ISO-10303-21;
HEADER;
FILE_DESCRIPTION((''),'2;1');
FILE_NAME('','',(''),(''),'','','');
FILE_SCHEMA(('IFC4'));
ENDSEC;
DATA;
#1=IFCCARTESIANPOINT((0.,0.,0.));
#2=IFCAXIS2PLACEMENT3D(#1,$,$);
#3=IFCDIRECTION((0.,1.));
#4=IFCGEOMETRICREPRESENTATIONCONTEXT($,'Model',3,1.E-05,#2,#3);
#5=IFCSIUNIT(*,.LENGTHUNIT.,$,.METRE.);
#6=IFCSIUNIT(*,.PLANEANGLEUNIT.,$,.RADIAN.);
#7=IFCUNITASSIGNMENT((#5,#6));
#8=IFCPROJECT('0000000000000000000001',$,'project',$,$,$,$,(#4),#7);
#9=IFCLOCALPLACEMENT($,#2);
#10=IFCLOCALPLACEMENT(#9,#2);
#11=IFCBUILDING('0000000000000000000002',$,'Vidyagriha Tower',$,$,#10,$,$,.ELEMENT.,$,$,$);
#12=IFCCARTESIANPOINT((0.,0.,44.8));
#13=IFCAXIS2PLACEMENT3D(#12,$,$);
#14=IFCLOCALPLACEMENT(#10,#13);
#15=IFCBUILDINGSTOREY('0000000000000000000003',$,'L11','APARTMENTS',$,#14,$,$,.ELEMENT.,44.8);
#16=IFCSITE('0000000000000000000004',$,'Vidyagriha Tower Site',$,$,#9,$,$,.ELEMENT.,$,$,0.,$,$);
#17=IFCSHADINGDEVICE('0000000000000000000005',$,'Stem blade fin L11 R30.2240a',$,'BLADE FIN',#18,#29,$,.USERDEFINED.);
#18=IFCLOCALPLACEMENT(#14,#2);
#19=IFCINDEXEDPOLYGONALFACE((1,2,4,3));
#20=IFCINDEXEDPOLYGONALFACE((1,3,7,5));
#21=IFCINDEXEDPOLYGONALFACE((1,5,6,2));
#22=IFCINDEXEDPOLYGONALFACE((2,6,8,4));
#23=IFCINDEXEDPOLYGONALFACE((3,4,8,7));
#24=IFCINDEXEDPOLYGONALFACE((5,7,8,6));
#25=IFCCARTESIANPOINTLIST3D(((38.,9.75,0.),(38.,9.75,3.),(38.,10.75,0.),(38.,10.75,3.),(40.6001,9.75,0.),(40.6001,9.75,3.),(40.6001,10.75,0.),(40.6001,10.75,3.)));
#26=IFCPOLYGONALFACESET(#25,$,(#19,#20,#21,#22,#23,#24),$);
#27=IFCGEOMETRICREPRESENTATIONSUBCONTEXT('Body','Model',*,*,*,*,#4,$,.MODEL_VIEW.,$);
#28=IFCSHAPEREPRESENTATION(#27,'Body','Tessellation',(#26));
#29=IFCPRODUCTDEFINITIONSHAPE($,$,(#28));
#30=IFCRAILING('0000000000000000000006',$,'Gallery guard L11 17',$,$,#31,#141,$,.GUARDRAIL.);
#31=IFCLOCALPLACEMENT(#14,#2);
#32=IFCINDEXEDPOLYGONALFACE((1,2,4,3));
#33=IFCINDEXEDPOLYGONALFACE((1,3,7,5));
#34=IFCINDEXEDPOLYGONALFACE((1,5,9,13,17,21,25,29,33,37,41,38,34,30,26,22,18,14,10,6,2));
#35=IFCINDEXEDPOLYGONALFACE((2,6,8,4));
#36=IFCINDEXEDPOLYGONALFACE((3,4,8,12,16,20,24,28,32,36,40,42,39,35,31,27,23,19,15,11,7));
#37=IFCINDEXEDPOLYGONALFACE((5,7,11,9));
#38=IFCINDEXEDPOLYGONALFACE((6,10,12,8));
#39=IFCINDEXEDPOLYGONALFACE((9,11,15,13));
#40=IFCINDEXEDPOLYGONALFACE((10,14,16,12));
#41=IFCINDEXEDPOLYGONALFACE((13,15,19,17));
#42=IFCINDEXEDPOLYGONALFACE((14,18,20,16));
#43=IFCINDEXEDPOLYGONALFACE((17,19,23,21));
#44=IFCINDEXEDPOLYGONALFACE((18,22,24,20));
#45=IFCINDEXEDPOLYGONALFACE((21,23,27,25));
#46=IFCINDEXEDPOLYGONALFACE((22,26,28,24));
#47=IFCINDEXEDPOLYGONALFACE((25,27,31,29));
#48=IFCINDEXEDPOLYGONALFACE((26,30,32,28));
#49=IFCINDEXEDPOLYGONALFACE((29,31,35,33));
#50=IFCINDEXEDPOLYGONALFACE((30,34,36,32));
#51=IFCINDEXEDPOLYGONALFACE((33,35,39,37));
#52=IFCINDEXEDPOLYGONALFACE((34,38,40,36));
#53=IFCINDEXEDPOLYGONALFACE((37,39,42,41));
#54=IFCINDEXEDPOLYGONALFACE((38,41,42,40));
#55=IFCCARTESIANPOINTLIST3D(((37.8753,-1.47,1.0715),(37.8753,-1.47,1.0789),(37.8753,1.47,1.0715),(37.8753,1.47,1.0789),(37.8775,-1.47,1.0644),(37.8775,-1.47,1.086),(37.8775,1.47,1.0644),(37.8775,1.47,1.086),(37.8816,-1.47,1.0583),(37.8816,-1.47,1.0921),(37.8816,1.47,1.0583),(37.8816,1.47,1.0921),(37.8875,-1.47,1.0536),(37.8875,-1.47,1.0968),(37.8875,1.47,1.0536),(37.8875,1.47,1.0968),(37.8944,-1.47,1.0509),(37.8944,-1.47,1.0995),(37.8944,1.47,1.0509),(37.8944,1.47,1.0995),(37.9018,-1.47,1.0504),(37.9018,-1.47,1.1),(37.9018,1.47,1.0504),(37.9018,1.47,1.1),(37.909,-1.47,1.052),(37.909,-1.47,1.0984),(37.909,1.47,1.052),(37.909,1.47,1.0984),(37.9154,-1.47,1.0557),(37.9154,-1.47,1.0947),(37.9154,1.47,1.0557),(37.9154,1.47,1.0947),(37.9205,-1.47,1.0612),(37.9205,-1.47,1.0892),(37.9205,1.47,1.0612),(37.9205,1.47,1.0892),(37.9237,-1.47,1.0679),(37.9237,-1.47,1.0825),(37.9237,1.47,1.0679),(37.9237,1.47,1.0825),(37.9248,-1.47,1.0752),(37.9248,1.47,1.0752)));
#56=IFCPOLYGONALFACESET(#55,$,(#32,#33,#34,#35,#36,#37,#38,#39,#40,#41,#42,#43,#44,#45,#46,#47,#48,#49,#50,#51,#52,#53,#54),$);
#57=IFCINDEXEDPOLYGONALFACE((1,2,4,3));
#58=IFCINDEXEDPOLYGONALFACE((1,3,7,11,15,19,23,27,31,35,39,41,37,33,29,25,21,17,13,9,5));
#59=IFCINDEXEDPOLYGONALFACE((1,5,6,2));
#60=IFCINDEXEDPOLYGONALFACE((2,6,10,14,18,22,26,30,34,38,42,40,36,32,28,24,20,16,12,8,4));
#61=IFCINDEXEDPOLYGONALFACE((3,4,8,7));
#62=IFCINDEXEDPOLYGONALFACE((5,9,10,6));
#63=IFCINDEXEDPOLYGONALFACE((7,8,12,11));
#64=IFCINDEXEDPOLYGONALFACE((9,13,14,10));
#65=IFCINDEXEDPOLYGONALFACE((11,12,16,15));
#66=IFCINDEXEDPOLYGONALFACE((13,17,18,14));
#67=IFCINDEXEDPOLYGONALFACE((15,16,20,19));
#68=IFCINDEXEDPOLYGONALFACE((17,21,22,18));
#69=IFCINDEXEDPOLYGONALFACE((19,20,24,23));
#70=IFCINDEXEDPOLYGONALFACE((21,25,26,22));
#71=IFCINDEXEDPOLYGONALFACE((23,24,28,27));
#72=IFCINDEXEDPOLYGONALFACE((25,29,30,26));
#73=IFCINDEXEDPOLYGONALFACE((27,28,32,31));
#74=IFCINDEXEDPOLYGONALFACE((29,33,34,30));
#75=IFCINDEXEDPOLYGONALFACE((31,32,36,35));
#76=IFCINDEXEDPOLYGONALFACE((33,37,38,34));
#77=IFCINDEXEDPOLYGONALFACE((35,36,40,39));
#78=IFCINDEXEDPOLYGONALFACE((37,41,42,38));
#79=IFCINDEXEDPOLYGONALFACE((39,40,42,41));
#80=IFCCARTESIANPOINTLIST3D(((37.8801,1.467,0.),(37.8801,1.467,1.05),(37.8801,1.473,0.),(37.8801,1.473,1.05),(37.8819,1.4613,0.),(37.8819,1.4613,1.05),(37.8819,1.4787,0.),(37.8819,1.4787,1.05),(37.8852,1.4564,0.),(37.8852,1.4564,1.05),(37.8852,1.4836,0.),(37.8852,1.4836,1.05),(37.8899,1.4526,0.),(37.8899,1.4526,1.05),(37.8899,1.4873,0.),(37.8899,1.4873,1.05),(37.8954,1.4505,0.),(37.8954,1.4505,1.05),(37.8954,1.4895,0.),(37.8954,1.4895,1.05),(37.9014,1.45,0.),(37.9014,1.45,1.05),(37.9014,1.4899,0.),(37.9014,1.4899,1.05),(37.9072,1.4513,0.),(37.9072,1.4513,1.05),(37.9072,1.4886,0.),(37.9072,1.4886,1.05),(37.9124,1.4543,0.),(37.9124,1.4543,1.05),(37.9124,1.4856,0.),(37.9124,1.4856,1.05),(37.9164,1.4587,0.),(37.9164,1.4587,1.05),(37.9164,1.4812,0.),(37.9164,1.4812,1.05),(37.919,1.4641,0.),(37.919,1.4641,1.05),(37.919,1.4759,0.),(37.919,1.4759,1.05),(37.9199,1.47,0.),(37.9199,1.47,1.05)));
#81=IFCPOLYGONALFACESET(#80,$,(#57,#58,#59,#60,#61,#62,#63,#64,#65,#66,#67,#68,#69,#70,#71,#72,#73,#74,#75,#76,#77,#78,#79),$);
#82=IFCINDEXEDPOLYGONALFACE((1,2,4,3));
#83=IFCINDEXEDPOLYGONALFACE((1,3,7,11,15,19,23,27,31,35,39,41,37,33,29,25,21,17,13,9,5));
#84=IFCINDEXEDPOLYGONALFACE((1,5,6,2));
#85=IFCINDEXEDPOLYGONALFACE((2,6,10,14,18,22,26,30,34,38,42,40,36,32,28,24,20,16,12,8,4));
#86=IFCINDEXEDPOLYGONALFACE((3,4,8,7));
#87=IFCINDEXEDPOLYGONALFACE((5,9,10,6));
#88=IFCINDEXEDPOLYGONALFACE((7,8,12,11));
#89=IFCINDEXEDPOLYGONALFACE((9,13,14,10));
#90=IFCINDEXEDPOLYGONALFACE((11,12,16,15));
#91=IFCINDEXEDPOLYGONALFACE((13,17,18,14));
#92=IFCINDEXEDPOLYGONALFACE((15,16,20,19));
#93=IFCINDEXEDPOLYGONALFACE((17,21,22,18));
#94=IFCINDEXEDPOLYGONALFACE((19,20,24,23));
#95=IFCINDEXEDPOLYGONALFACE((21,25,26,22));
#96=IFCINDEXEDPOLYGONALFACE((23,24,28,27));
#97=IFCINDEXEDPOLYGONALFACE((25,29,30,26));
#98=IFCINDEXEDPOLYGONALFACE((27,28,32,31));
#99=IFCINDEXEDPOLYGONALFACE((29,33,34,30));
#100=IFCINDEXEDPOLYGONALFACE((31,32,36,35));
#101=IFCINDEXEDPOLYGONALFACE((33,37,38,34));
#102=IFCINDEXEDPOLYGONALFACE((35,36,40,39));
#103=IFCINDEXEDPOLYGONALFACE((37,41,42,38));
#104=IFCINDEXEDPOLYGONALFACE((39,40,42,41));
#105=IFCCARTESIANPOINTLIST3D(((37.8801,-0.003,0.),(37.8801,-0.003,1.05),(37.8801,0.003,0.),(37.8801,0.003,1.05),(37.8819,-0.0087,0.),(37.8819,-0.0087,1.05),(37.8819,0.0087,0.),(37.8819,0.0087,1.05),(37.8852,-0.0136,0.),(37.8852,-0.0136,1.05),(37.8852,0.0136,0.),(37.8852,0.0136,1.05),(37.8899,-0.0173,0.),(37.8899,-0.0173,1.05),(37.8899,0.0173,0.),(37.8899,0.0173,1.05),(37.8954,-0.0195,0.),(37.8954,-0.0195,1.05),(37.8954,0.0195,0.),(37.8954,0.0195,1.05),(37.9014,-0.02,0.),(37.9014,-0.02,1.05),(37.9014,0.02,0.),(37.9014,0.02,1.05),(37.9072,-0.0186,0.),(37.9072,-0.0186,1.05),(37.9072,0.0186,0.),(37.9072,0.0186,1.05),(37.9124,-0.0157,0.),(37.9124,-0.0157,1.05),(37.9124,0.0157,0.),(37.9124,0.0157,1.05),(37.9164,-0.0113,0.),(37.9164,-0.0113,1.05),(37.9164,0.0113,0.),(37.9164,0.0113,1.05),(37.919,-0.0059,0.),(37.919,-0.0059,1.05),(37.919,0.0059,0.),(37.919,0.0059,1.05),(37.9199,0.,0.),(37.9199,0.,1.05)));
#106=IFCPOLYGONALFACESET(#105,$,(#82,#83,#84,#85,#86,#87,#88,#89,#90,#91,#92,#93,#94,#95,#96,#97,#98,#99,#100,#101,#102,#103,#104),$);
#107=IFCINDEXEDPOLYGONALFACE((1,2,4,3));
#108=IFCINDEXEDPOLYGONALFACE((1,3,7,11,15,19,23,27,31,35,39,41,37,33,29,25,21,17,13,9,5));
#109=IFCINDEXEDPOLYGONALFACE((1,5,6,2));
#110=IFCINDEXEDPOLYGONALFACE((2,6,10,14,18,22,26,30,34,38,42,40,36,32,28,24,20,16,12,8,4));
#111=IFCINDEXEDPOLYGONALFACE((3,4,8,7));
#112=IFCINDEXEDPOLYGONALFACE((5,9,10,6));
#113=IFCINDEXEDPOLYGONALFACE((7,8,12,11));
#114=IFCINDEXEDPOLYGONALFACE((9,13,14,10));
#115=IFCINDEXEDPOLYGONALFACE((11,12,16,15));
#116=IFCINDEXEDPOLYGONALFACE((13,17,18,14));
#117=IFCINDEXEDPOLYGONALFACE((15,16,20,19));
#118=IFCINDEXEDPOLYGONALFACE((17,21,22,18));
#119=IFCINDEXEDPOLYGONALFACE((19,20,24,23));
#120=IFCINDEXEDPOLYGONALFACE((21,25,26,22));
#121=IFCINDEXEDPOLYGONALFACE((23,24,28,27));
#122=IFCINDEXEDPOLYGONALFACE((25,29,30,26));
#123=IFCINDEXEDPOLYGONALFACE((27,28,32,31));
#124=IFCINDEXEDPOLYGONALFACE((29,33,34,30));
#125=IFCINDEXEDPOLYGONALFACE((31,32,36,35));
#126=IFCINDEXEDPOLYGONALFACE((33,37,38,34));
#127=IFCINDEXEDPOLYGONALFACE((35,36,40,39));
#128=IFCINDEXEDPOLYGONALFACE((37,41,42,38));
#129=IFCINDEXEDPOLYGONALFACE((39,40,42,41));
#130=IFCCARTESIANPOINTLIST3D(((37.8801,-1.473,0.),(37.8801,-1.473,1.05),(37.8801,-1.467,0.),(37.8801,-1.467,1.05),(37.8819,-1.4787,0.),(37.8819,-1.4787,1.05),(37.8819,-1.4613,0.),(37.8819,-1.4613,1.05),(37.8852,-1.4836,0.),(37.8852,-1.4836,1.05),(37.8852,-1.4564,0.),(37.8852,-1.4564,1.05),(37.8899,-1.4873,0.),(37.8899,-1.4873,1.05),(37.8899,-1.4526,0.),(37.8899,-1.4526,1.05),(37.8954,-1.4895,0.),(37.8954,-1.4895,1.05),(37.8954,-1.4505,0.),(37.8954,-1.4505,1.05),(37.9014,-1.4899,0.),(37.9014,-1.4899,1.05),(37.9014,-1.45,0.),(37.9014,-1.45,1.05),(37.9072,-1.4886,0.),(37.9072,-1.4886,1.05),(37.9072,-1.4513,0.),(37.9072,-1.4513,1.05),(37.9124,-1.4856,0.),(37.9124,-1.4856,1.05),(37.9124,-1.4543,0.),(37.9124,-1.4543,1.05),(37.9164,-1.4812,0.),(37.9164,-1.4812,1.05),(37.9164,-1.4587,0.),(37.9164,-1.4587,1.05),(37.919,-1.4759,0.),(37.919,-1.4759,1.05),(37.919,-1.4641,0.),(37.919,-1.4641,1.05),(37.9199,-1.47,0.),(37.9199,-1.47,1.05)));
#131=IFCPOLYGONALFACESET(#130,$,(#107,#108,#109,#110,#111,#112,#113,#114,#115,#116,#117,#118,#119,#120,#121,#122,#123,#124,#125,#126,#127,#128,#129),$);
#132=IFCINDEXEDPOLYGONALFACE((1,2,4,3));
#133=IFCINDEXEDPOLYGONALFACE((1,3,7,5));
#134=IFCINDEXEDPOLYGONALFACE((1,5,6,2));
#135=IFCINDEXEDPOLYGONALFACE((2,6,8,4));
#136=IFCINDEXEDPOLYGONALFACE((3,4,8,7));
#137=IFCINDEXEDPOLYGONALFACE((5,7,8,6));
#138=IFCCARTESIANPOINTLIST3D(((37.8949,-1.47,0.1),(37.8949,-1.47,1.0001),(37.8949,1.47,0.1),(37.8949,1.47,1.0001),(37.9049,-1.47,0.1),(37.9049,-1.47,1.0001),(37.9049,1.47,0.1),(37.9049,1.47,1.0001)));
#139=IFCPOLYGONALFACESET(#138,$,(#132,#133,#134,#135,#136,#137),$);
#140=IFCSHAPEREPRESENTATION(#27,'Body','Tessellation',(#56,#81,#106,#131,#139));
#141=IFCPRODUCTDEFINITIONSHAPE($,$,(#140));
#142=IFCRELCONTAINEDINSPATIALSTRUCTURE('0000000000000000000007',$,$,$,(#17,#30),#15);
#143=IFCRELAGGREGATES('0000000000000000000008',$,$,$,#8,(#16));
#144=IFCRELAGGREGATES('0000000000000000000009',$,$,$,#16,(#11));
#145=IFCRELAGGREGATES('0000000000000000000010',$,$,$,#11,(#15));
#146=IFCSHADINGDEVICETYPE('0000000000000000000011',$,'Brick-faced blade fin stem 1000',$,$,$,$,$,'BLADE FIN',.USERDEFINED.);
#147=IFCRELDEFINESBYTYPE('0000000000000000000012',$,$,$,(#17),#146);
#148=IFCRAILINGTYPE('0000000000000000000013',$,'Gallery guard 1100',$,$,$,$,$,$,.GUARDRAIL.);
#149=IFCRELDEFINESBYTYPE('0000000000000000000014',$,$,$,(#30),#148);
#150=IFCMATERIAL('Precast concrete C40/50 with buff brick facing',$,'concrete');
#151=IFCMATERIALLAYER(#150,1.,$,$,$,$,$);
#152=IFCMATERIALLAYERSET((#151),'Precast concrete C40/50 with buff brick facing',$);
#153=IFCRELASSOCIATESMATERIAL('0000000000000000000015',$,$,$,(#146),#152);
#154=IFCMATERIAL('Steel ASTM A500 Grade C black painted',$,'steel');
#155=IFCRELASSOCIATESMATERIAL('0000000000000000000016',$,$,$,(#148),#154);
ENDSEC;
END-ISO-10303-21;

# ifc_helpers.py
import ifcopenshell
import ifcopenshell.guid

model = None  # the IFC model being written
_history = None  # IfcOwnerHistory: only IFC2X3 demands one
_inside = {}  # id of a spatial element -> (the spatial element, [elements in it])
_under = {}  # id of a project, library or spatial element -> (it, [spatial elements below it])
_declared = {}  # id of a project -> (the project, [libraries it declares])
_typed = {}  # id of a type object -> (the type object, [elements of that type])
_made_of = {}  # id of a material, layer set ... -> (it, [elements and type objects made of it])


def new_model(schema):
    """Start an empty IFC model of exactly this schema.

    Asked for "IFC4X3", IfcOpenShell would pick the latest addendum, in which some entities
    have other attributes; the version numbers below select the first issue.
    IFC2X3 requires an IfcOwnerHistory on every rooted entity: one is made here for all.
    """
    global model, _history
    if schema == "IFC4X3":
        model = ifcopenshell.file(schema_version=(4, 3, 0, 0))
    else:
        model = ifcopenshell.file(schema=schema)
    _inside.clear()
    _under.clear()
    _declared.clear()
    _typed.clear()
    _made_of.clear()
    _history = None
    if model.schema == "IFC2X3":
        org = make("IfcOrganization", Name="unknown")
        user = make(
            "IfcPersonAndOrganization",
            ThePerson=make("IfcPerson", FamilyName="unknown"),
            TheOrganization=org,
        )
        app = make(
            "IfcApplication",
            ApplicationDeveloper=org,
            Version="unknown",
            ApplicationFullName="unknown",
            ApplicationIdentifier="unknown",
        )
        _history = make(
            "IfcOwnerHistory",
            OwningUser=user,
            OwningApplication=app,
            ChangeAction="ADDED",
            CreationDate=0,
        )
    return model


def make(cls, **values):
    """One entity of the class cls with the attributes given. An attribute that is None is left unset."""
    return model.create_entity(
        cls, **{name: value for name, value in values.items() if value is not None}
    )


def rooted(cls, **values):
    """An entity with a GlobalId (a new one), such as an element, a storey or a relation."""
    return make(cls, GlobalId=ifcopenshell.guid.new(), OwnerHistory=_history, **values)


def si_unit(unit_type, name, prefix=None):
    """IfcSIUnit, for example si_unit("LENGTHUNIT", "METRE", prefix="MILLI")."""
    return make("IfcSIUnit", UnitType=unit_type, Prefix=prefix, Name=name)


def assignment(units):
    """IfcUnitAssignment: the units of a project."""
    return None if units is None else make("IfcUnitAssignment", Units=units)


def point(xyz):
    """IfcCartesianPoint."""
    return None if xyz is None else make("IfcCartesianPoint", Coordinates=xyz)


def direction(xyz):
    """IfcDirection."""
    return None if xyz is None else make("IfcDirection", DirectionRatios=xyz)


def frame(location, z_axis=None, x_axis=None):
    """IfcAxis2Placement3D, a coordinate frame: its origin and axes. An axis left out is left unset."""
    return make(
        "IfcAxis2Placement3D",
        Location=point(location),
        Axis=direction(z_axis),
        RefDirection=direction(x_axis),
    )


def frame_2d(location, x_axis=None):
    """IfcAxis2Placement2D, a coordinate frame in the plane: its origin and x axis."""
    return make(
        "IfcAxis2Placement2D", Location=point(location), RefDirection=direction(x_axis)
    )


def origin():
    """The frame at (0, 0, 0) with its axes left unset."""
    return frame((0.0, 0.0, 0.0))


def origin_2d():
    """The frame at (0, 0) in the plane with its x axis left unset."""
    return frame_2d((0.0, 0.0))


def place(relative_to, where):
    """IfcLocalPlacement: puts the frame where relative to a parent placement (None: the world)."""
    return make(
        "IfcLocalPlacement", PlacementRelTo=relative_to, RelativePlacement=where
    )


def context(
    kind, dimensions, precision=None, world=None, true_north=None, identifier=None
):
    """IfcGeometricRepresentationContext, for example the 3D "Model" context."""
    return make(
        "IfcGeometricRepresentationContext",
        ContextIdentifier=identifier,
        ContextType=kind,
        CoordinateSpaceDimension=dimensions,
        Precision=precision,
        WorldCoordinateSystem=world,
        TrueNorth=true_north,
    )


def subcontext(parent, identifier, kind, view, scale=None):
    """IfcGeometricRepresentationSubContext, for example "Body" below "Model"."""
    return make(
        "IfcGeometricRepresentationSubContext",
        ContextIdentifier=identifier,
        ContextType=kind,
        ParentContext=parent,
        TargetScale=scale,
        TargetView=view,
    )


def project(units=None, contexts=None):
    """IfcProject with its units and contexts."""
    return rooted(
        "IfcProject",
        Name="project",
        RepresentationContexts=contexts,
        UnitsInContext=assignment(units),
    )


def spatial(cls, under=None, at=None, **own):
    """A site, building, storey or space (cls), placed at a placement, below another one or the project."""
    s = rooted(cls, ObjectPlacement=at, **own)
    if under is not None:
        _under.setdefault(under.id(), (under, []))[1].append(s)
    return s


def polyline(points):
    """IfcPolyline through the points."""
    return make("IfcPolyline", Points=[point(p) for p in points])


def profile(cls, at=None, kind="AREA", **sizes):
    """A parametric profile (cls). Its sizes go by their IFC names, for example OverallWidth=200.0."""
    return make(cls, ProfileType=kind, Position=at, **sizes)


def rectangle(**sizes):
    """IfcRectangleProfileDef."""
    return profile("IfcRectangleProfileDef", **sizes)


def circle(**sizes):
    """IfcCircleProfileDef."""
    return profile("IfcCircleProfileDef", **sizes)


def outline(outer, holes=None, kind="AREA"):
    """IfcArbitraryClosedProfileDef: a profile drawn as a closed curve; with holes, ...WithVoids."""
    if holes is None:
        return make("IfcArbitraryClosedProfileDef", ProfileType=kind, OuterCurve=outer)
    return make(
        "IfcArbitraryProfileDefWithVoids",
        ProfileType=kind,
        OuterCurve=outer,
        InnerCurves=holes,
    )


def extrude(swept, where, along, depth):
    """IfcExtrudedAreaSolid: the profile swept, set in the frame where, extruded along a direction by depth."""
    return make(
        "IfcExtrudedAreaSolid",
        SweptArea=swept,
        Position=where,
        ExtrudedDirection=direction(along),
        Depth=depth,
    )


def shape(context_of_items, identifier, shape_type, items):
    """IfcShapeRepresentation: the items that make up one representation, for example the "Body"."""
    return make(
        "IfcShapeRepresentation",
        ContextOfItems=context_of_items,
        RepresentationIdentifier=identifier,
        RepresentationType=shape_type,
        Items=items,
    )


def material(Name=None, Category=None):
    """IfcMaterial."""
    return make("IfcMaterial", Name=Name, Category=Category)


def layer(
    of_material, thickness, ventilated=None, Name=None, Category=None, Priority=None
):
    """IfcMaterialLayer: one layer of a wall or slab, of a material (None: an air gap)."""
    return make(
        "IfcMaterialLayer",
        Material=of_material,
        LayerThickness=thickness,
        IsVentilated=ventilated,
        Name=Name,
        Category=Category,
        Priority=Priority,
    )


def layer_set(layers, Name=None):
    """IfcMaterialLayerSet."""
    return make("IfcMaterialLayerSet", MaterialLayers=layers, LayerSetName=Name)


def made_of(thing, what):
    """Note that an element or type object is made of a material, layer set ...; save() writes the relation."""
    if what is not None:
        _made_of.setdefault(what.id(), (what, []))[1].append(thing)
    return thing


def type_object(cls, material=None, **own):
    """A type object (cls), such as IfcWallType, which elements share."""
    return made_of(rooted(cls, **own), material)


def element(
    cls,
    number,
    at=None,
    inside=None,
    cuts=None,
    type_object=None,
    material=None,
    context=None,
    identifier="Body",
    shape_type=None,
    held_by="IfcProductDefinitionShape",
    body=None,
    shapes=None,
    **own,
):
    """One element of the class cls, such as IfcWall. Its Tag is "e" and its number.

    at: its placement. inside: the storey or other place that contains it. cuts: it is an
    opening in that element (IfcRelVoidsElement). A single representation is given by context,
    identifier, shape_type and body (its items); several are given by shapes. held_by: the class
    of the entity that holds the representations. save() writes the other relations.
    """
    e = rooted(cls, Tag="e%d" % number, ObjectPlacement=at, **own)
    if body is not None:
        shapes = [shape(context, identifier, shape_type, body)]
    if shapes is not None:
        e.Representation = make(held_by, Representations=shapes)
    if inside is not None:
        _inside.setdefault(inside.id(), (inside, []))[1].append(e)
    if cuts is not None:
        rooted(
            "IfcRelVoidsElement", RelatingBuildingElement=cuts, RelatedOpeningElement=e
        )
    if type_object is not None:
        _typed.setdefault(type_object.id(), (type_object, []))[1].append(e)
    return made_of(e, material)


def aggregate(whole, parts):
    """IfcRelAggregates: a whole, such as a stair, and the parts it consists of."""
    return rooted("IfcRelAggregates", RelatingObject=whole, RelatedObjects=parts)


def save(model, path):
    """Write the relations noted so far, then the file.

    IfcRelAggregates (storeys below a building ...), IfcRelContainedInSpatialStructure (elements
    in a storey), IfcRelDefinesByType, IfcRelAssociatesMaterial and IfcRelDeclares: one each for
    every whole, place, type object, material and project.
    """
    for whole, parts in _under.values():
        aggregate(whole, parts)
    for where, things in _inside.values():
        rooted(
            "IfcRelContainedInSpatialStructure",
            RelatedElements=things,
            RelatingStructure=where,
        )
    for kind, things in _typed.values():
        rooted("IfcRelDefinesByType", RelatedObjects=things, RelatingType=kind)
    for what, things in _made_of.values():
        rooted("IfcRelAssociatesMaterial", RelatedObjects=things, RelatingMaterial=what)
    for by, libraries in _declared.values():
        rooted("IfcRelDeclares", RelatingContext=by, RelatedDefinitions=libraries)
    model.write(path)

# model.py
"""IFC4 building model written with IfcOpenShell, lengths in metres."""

from ifc_helpers import new_model, si_unit, direction, frame, origin, origin_2d, place, context, subcontext, project, spatial, polyline, rectangle, circle, outline, extrude, material, layer, layer_set, type_object, element, save


model = new_model("IFC4")

# Units and contexts
model_context = context("Model", 3, precision=1e-05, world=origin(), true_north=direction((0.0, 1.0)))
body_context = subcontext(model_context, "Body", "Model", "MODEL_VIEW")
ifc_project = project(units=[si_unit("LENGTHUNIT", "METRE"), si_unit("PLANEANGLEUNIT", "RADIAN")], contexts=[model_context])

# Site, building, storey
site_placement = place(None, origin())
site = spatial("IfcSite", under=ifc_project, at=site_placement, Name="Vidyagriha Tower Site", CompositionType="ELEMENT", RefElevation=0.0)
building_placement = place(site_placement, origin())
building = spatial("IfcBuilding", under=site, at=building_placement, Name="Vidyagriha Tower", CompositionType="ELEMENT")
storey_placement = place(building_placement, frame((0.0, 0.0, 44.8)))
storey = spatial("IfcBuildingStorey", under=building, at=storey_placement, Name="L11", Description="APARTMENTS", CompositionType="ELEMENT", Elevation=44.8)

# Shading device
ifc_material_1 = material(Name="Precast concrete C40/50 with buff brick facing", Category="concrete")
ifc_layer_1 = layer(ifc_material_1, 1.0)
ifc_layer_set_1 = layer_set([ifc_layer_1], Name="Precast concrete C40/50 with buff brick facing")
shading_device_type_1 = type_object("IfcShadingDeviceType", Name="Brick-faced blade fin stem 1000", ElementType="BLADE FIN", PredefinedType="USERDEFINED", material=ifc_layer_set_1)
shading_device_1_placement = place(storey_placement, frame((39.3, 9.75, 0.0), z_axis=(0.0, 0.0, 1.0), x_axis=(0.0, 1.0, 0.0)))
element("IfcShadingDevice", 1, at=shading_device_1_placement, inside=storey, type_object=shading_device_type_1, Name="Stem blade fin L11 R30.2240a", ObjectType="BLADE FIN", PredefinedType="USERDEFINED", context=body_context, shape_type="SweptSolid", body=[
    extrude(outline(polyline([(0.0, 0.0), (1.0, 0.0), (1.0, 3.0), (0.0, 3.0), (0.0, 0.0)])), frame((0.0, 1.3, 0.0), z_axis=(0.0, -1.0, 0.0), x_axis=(1.0, 0.0, 0.0)), (0.0, 0.0, 1.0), 2.6001),
])

# Railing
ifc_material_2 = material(Name="Steel ASTM A500 Grade C black painted", Category="steel")
railing_type_1 = type_object("IfcRailingType", Name="Gallery guard 1100", PredefinedType="GUARDRAIL", material=ifc_material_2)
railing_1_placement = place(storey_placement, frame((37.8999, 1.47, 0.0)))
element("IfcRailing", 2, at=railing_1_placement, inside=storey, type_object=railing_type_1, Name="Gallery guard L11 17", PredefinedType="GUARDRAIL", context=body_context, shape_type="SweptSolid", body=[
    extrude(circle(Radius=0.0249, at=origin_2d()), frame((0.0, 0.0, 1.0752), z_axis=(0.0, -1.0, 0.0), x_axis=(1.0, 0.0, 0.0)), (0.0, 0.0, 1.0), 2.9399),
    extrude(circle(Radius=0.02, at=origin_2d()), origin(), (0.0, 0.0, 1.0), 1.05),
    extrude(circle(Radius=0.02, at=origin_2d()), frame((0.0, -1.47, 0.0)), (0.0, 0.0, 1.0), 1.05),
    extrude(circle(Radius=0.02, at=origin_2d()), frame((0.0, -2.9399, 0.0)), (0.0, 0.0, 1.0), 1.05),
    extrude(rectangle(XDim=0.01, YDim=0.9001, at=origin_2d()), frame((0.0, 0.0, 0.55), z_axis=(0.0, -1.0, 0.0), x_axis=(1.0, 0.0, 0.0)), (0.0, 0.0, 1.0), 2.9399),
])

save(model, "model.ifc")
